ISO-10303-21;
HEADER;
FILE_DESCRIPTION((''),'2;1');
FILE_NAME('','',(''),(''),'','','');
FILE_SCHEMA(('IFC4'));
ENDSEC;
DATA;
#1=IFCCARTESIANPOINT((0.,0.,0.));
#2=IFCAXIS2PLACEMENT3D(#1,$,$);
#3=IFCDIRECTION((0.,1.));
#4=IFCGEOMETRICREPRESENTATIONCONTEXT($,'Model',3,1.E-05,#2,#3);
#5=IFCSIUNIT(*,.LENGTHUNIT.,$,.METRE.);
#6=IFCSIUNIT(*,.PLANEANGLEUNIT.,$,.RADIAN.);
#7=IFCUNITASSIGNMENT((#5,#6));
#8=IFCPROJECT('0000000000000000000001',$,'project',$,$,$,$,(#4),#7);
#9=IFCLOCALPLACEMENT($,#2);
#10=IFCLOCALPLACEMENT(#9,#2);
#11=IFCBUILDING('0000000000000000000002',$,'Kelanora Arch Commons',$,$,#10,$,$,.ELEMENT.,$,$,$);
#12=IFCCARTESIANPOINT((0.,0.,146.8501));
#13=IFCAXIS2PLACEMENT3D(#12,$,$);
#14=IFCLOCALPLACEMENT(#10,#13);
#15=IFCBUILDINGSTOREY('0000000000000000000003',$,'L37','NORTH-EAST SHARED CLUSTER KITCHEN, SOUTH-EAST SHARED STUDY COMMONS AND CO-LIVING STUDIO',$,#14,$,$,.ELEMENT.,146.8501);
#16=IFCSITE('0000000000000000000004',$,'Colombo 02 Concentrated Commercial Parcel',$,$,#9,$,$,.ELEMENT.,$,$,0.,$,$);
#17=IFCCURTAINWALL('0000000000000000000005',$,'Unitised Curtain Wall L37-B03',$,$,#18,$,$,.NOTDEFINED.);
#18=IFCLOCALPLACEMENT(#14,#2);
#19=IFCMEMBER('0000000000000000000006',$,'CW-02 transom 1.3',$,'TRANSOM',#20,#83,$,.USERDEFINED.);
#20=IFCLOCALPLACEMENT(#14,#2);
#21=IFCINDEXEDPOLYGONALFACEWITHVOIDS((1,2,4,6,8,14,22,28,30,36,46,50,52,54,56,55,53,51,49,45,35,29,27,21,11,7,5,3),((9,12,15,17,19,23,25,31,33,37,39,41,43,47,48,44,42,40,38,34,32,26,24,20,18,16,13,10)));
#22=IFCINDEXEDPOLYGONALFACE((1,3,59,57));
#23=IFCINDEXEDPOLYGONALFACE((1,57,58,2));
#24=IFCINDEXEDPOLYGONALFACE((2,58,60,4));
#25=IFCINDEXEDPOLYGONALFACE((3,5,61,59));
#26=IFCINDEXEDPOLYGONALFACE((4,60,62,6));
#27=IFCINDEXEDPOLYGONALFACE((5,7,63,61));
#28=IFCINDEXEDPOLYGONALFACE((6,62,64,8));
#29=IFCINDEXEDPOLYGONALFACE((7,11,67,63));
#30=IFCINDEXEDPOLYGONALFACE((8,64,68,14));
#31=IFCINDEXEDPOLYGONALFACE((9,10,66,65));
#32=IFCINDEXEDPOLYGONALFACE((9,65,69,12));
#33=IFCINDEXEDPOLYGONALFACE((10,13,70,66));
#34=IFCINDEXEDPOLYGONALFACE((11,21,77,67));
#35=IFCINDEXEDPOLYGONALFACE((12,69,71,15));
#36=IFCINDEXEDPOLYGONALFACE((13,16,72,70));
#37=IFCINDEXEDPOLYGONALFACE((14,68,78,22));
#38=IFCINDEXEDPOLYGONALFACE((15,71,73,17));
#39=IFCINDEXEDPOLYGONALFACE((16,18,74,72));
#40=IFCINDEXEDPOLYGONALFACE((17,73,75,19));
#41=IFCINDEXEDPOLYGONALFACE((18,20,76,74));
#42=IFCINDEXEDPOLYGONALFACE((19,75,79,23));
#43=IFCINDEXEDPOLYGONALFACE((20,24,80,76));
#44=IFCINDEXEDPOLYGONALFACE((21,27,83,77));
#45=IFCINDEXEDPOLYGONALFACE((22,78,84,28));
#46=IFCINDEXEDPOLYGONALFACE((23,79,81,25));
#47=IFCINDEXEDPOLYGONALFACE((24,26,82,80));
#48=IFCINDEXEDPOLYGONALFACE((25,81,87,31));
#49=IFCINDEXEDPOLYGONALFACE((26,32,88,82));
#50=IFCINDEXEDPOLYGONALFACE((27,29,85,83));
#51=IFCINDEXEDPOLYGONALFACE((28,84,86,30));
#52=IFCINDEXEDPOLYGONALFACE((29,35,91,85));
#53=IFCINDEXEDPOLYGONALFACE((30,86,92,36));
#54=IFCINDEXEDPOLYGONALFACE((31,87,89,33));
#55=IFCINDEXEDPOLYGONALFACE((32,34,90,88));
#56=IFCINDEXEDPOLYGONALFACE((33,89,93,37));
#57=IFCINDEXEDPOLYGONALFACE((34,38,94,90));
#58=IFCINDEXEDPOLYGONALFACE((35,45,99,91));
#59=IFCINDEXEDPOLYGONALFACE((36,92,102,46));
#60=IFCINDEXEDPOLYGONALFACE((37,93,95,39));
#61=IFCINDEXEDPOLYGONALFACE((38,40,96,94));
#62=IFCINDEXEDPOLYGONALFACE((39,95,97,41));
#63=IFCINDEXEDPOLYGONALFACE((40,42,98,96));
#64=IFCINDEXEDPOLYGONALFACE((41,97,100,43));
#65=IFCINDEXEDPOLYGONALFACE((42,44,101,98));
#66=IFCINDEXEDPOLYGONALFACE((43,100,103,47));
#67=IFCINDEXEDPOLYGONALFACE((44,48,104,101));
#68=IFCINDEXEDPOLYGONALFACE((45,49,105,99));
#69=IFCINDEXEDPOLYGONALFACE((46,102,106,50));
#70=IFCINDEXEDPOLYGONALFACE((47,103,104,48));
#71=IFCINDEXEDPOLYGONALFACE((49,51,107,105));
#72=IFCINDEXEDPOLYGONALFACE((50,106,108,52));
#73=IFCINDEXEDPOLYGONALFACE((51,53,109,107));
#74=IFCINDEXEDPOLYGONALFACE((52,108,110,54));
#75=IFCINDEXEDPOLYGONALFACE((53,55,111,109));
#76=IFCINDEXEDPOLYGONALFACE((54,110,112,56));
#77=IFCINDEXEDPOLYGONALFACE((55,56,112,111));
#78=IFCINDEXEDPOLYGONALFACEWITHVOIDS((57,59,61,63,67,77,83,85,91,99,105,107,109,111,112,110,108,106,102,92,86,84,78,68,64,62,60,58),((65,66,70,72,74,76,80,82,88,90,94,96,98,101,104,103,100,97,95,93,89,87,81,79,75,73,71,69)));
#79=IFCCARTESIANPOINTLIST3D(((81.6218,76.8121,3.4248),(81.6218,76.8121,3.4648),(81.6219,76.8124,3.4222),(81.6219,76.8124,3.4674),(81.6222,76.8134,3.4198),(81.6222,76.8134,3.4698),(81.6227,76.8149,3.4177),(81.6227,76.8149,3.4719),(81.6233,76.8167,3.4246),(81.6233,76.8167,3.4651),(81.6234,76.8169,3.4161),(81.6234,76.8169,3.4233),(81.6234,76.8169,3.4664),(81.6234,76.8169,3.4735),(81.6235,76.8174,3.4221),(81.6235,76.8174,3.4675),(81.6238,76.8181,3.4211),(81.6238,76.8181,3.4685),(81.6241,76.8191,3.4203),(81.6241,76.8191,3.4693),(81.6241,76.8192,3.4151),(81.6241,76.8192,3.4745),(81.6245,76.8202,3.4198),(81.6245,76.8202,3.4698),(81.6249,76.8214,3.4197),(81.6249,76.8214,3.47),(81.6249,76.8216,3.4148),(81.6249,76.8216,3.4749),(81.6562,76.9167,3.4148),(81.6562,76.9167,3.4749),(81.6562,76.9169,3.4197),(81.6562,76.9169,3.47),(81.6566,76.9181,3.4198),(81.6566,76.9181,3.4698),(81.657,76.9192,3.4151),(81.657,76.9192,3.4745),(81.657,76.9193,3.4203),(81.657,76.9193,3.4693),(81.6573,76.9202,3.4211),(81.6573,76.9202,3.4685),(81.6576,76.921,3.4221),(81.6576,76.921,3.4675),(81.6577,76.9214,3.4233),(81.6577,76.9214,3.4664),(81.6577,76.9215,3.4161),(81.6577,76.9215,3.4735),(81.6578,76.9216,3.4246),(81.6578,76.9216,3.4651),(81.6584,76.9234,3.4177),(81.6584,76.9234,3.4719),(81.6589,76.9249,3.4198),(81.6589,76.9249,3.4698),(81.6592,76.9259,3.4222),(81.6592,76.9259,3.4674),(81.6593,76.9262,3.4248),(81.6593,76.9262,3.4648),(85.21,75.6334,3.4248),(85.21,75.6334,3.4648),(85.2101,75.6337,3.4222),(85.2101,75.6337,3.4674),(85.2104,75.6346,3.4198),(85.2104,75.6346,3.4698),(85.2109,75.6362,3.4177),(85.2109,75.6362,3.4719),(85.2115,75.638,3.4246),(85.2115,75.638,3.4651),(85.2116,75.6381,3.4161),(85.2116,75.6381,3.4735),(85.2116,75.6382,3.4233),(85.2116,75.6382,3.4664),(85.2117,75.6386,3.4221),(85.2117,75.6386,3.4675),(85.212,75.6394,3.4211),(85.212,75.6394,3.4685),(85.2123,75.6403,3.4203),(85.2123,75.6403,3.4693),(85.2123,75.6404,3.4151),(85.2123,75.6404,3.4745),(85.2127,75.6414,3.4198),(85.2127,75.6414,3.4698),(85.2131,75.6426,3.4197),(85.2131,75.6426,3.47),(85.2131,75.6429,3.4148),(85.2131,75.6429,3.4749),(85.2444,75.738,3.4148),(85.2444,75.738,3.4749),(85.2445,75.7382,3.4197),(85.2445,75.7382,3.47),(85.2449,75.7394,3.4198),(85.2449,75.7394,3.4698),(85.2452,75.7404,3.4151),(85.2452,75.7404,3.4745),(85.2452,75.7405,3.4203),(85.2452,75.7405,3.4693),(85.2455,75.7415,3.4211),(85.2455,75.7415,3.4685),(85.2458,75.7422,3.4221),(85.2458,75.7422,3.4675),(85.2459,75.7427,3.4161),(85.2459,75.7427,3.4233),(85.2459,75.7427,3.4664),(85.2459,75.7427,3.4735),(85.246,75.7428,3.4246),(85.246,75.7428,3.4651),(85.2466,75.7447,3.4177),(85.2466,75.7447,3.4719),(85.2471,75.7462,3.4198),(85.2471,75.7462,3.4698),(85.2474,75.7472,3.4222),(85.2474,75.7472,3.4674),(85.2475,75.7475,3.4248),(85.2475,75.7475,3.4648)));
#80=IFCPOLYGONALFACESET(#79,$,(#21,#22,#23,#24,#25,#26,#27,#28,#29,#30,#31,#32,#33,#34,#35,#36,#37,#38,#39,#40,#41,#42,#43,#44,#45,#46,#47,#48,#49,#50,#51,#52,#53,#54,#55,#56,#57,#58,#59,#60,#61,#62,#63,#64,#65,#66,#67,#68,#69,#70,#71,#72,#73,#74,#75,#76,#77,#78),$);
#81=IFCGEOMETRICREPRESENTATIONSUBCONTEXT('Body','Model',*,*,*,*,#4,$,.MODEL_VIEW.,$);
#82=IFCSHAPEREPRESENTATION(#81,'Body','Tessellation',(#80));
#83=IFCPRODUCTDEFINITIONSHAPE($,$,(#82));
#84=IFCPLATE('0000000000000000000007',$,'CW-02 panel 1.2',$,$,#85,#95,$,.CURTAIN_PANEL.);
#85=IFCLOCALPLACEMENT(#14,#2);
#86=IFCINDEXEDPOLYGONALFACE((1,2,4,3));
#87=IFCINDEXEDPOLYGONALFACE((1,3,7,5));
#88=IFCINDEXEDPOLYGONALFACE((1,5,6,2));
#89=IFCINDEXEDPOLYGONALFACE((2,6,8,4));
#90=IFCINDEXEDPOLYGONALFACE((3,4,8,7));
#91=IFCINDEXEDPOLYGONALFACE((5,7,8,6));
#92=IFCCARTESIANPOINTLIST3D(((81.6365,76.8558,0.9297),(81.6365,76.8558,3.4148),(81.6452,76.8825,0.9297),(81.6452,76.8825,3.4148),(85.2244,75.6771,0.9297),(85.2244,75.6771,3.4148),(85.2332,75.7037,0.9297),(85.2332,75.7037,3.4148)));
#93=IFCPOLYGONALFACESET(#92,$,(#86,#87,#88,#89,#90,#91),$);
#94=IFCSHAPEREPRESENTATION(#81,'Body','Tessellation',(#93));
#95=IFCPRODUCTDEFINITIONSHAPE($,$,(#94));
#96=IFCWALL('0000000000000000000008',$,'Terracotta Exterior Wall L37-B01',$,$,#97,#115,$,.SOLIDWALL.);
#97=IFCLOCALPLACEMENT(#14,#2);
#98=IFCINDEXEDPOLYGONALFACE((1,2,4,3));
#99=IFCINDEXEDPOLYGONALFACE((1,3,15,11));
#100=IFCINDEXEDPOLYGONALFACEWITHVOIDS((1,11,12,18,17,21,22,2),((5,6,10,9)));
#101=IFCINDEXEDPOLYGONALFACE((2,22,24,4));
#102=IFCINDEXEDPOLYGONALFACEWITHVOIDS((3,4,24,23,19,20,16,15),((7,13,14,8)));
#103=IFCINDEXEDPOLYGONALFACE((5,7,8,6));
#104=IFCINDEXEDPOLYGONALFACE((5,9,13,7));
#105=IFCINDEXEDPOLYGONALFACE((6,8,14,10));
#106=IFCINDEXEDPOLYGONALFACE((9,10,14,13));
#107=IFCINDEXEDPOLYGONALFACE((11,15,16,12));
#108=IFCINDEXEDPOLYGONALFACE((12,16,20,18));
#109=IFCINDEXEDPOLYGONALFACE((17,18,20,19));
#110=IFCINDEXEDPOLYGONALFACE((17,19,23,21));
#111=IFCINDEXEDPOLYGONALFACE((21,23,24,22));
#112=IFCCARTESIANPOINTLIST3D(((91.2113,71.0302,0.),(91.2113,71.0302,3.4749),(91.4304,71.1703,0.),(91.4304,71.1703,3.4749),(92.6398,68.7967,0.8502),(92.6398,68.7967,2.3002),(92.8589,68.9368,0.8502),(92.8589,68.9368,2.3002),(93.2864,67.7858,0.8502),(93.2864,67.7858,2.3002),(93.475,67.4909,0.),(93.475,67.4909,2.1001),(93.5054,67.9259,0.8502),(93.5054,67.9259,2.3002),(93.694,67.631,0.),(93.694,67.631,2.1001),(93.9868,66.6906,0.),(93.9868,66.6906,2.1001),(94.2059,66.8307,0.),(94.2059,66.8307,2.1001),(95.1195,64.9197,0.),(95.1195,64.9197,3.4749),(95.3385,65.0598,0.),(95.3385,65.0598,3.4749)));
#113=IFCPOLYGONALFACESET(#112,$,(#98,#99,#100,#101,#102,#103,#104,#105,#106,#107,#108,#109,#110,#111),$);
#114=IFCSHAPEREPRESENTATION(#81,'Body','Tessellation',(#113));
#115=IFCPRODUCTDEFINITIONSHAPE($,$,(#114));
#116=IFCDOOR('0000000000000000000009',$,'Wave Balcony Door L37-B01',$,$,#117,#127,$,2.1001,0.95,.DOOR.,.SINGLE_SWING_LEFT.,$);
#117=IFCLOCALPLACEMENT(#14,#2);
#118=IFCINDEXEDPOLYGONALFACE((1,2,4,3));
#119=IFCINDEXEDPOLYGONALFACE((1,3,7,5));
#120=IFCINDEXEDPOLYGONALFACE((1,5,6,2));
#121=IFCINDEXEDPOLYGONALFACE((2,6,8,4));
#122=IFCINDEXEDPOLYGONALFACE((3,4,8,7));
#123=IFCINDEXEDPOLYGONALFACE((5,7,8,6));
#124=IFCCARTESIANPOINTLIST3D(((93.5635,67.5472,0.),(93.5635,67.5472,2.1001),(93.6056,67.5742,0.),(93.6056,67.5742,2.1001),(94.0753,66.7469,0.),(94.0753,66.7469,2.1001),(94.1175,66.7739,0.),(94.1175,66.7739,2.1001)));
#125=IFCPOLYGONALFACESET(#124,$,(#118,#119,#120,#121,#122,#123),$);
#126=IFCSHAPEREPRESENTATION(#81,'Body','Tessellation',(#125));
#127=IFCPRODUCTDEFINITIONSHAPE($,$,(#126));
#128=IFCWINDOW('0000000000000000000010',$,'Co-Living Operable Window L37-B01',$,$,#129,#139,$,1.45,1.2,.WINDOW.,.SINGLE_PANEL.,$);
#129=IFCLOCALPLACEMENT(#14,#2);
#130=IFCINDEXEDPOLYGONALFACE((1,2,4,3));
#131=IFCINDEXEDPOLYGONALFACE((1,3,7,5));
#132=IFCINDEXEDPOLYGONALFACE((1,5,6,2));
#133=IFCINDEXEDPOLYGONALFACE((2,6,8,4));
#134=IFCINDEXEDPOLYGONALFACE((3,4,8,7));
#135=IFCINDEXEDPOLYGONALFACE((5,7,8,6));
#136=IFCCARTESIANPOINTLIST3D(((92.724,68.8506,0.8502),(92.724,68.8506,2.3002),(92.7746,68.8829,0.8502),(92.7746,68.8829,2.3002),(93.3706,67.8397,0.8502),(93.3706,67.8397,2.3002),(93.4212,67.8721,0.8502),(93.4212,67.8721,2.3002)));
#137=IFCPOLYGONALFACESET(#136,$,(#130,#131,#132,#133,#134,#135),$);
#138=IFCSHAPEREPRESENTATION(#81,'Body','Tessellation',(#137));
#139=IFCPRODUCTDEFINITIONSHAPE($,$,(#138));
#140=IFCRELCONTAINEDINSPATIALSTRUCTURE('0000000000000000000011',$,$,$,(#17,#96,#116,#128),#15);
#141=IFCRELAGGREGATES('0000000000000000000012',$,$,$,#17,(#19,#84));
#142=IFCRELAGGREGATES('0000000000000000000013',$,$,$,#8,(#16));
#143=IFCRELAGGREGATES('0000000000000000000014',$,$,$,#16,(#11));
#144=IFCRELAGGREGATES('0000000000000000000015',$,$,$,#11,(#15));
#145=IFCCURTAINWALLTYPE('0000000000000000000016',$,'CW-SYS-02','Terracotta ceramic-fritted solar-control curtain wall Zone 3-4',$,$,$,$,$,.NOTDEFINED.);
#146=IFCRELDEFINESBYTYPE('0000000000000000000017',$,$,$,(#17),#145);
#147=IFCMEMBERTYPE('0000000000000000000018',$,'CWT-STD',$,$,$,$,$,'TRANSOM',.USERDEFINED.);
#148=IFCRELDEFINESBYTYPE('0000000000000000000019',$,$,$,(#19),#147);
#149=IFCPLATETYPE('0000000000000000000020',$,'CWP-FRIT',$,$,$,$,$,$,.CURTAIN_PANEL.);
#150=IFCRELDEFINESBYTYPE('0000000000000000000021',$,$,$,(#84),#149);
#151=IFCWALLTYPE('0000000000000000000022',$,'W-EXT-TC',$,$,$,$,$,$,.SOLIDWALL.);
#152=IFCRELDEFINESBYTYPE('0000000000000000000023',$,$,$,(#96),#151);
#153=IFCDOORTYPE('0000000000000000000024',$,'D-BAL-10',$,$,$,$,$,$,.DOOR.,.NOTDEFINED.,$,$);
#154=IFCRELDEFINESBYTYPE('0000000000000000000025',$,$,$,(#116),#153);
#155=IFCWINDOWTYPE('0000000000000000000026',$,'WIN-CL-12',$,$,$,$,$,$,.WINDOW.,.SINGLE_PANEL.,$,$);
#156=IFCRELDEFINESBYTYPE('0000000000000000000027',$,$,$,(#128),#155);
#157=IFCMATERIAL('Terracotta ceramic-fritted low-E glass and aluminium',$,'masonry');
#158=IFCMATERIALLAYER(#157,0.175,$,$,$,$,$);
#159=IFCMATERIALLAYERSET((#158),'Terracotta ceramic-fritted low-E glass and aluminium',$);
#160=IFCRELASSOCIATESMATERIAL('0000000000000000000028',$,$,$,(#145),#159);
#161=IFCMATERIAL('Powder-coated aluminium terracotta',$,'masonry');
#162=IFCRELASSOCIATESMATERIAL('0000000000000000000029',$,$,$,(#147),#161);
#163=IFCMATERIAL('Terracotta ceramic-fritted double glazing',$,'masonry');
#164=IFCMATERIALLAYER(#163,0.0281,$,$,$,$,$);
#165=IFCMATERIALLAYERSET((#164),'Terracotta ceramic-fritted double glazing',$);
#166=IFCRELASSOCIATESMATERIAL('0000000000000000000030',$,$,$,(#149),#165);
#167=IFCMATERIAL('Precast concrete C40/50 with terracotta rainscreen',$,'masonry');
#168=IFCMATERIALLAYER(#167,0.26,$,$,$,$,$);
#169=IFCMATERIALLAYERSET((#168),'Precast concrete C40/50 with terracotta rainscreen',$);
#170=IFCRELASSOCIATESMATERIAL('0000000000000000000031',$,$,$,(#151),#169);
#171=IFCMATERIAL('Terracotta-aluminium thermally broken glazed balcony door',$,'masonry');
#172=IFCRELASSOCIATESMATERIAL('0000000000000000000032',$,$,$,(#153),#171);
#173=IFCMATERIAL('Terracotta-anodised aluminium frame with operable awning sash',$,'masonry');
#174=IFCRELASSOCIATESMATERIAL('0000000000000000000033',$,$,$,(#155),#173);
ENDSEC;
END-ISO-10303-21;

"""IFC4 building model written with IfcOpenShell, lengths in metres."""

from ifc_helpers import new_model, si_unit, direction, frame, frame_2d, origin, origin_2d, place, context, subcontext, project, spatial, rectangle, hollow_rectangle, extrude, source, transform, mapped, material, layer, layer_set, material_profile, profile_set, type_object, element, fill, aggregate, save


model = new_model("IFC4")

# Units and contexts
model_context = context("Model", 3, precision=1e-05, world=origin(), true_north=direction((0.0, 1.0)))
body_context = subcontext(model_context, "Body", "Model", "MODEL_VIEW")
ifc_project = project(units=[si_unit("LENGTHUNIT", "METRE"), si_unit("PLANEANGLEUNIT", "RADIAN")], contexts=[model_context])

# Site, building, storey
site_placement = place(None, origin())
site = spatial("IfcSite", under=ifc_project, at=site_placement, Name="Colombo 02 Concentrated Commercial Parcel", CompositionType="ELEMENT", RefElevation=0.0)
building_placement = place(site_placement, origin())
building = spatial("IfcBuilding", under=site, at=building_placement, Name="Kelanora Arch Commons", CompositionType="ELEMENT")
storey_placement = place(building_placement, frame((0.0, 0.0, 146.8501)))
storey = spatial("IfcBuildingStorey", under=building, at=storey_placement, Name="L37", Description="NORTH-EAST SHARED CLUSTER KITCHEN, SOUTH-EAST SHARED STUDY COMMONS AND CO-LIVING STUDIO", CompositionType="ELEMENT", Elevation=146.8501)

# Shared definitions
ifc_material_1 = material(Name="Terracotta ceramic-fritted low-E glass and aluminium", Category="masonry")
ifc_layer_1 = layer(ifc_material_1, 0.175)
ifc_layer_set_1 = layer_set([ifc_layer_1], Name="Terracotta ceramic-fritted low-E glass and aluminium")
curtain_wall_type = type_object("IfcCurtainWallType", Name="CW-SYS-02", Description="Terracotta ceramic-fritted solar-control curtain wall Zone 3-4", PredefinedType="NOTDEFINED", material=ifc_layer_set_1)
ifc_material_2 = material(Name="Powder-coated aluminium terracotta", Category="masonry")

# Curtain wall, member, plate
curtain_wall_1_placement = place(storey_placement, origin())
curtain_wall_1 = element("IfcCurtainWall", 1, at=curtain_wall_1_placement, inside=storey, type_object=curtain_wall_type, Name="Unitised Curtain Wall L37-B03", PredefinedType="NOTDEFINED")
ifc_material_profile_1 = material_profile(ifc_material_2, hollow_rectangle(XDim=0.1201, YDim=0.0601, WallThickness=0.0049, InnerFilletRadius=0.0049, OuterFilletRadius=0.01, at=origin_2d()), Name="CWT120x60")
ifc_profile_set_1 = profile_set([ifc_material_profile_1], Name="Powder-coated aluminium terracotta")
member_type_1 = type_object("IfcMemberType", Name="CWT-STD", ElementType="TRANSOM", PredefinedType="USERDEFINED", material=ifc_profile_set_1)
member_1_placement = place(storey_placement, frame((85.2288, 75.6904, 3.4448), z_axis=(-0.950051, 0.312094, 0.0), x_axis=(-0.312094, -0.950051, 0.0)))
member_1 = element("IfcMember", 2, at=member_1_placement, type_object=member_type_1, Name="CW-02 transom 1.3", ObjectType="TRANSOM", PredefinedType="USERDEFINED", context=body_context, shape_type="SweptSolid", body=[
    extrude(hollow_rectangle(XDim=0.1201, YDim=0.0601, WallThickness=0.0049, InnerFilletRadius=0.0049, OuterFilletRadius=0.01, at=origin_2d()), origin(), (0.0, 0.0, 1.0), 3.7769),
])
ifc_material_3 = material(Name="Terracotta ceramic-fritted double glazing", Category="masonry")
ifc_layer_2 = layer(ifc_material_3, 0.0281)
ifc_layer_set_2 = layer_set([ifc_layer_2], Name="Terracotta ceramic-fritted double glazing")
plate_type = type_object("IfcPlateType", Name="CWP-FRIT", PredefinedType="CURTAIN_PANEL", material=ifc_layer_set_2)
shared_shape_1 = source(origin(), body_context, "Body", "SweptSolid", [
    extrude(rectangle(XDim=3.7766, YDim=0.0281, at=origin_2d()), origin(), (0.0, 0.0, 1.0), 2.4851),
])
plate_placement = place(storey_placement, frame((83.4348, 76.2798, 0.9297), z_axis=(0.0, 0.0, 1.0), x_axis=(-0.95004, 0.312128, 0.0)))
plate = element("IfcPlate", 3, at=plate_placement, type_object=plate_type, Name="CW-02 panel 1.2", PredefinedType="CURTAIN_PANEL", context=body_context, shape_type="MappedRepresentation", body=[
    mapped(shared_shape_1, transform((0.0, 0.0, 0.0), scale=1.0)),
])
aggregate(curtain_wall_1, [member_1, plate])

# Wall, openings, door, window
ifc_material_4 = material(Name="Precast concrete C40/50 with terracotta rainscreen", Category="masonry")
ifc_layer_3 = layer(ifc_material_4, 0.26)
ifc_layer_set_3 = layer_set([ifc_layer_3], Name="Precast concrete C40/50 with terracotta rainscreen")
wall_type_1 = type_object("IfcWallType", Name="W-EXT-TC", PredefinedType="SOLIDWALL", material=ifc_layer_set_3)
wall_1_placement = place(storey_placement, frame((95.229, 64.9897, 0.0), z_axis=(0.0, 0.0, 1.0), x_axis=(-0.538802, 0.842433, 0.0)))
wall_1 = element("IfcWall", 4, at=wall_1_placement, inside=storey, type_object=wall_type_1, Name="Terracotta Exterior Wall L37-B01", PredefinedType="SOLIDWALL", context=body_context, shape_type="SweptSolid", body=[
    extrude(rectangle(XDim=7.2534, YDim=0.26, at=frame_2d((3.6267, 0.0))), origin(), (0.0, 0.0, 1.0), 3.4749),
])
opening_1_placement = place(wall_1_placement, frame((2.1021, 0.0, 0.0)))
opening_1 = element("IfcOpeningElement", 5, at=opening_1_placement, cuts=wall_1, PredefinedType="OPENING", context=body_context, shape_type="SweptSolid", body=[
    extrude(rectangle(XDim=0.95, YDim=2.1001, at=frame_2d((0.4751, 1.05))), frame((0.0, 0.1401, 0.0), z_axis=(0.0, -1.0, 0.0), x_axis=(1.0, 0.0, 0.0)), (0.0, 0.0, 1.0), 0.28),
])
opening_2_placement = place(wall_1_placement, frame((3.4021, 0.0, 0.8501)))
opening_2 = element("IfcOpeningElement", 6, at=opening_2_placement, cuts=wall_1, PredefinedType="OPENING", context=body_context, shape_type="SweptSolid", body=[
    extrude(rectangle(XDim=1.2, YDim=1.45, at=frame_2d((0.6001, 0.7251))), frame((0.0, 0.1401, 0.0), z_axis=(0.0, -1.0, 0.0), x_axis=(1.0, 0.0, 0.0)), (0.0, 0.0, 1.0), 0.28),
])
ifc_material_5 = material(Name="Terracotta-aluminium thermally broken glazed balcony door", Category="masonry")
door_type = type_object("IfcDoorType", Name="D-BAL-10", OperationType="NOTDEFINED", PredefinedType="DOOR", material=ifc_material_5)
door_1_placement = place(opening_1_placement, frame((0.95, 0.0, 0.0), z_axis=(0.0, 0.0, 1.0), x_axis=(-1.0, 0.0, 0.0)))
door_1 = element("IfcDoor", 7, at=door_1_placement, inside=storey, type_object=door_type, Name="Wave Balcony Door L37-B01", OperationType="SINGLE_SWING_LEFT", OverallHeight=2.1001, OverallWidth=0.95, PredefinedType="DOOR", context=body_context, shape_type="SweptSolid", body=[
    extrude(rectangle(XDim=0.95, YDim=2.1001, at=frame_2d((0.4751, 1.05))), frame((0.0, 0.0249, 0.0), z_axis=(0.0, -1.0, 0.0), x_axis=(1.0, 0.0, 0.0)), (0.0, 0.0, 1.0), 0.05),
])
fill(opening_1, door_1)
ifc_material_6 = material(Name="Terracotta-anodised aluminium frame with operable awning sash", Category="masonry")
window_type = type_object("IfcWindowType", Name="WIN-CL-12", PartitioningType="SINGLE_PANEL", PredefinedType="WINDOW", material=ifc_material_6)
window_1_placement = place(opening_2_placement, origin())
window_1 = element("IfcWindow", 8, at=window_1_placement, inside=storey, type_object=window_type, Name="Co-Living Operable Window L37-B01", OverallHeight=1.45, OverallWidth=1.2, PartitioningType="SINGLE_PANEL", PredefinedType="WINDOW", context=body_context, shape_type="SweptSolid", body=[
    extrude(rectangle(XDim=1.2, YDim=1.45, at=frame_2d((0.6001, 0.7251))), frame((0.0, 0.03, 0.0), z_axis=(0.0, -1.0, 0.0), x_axis=(1.0, 0.0, 0.0)), (0.0, 0.0, 1.0), 0.0601),
])
fill(opening_2, window_1)

save(model, "model.ifc")
